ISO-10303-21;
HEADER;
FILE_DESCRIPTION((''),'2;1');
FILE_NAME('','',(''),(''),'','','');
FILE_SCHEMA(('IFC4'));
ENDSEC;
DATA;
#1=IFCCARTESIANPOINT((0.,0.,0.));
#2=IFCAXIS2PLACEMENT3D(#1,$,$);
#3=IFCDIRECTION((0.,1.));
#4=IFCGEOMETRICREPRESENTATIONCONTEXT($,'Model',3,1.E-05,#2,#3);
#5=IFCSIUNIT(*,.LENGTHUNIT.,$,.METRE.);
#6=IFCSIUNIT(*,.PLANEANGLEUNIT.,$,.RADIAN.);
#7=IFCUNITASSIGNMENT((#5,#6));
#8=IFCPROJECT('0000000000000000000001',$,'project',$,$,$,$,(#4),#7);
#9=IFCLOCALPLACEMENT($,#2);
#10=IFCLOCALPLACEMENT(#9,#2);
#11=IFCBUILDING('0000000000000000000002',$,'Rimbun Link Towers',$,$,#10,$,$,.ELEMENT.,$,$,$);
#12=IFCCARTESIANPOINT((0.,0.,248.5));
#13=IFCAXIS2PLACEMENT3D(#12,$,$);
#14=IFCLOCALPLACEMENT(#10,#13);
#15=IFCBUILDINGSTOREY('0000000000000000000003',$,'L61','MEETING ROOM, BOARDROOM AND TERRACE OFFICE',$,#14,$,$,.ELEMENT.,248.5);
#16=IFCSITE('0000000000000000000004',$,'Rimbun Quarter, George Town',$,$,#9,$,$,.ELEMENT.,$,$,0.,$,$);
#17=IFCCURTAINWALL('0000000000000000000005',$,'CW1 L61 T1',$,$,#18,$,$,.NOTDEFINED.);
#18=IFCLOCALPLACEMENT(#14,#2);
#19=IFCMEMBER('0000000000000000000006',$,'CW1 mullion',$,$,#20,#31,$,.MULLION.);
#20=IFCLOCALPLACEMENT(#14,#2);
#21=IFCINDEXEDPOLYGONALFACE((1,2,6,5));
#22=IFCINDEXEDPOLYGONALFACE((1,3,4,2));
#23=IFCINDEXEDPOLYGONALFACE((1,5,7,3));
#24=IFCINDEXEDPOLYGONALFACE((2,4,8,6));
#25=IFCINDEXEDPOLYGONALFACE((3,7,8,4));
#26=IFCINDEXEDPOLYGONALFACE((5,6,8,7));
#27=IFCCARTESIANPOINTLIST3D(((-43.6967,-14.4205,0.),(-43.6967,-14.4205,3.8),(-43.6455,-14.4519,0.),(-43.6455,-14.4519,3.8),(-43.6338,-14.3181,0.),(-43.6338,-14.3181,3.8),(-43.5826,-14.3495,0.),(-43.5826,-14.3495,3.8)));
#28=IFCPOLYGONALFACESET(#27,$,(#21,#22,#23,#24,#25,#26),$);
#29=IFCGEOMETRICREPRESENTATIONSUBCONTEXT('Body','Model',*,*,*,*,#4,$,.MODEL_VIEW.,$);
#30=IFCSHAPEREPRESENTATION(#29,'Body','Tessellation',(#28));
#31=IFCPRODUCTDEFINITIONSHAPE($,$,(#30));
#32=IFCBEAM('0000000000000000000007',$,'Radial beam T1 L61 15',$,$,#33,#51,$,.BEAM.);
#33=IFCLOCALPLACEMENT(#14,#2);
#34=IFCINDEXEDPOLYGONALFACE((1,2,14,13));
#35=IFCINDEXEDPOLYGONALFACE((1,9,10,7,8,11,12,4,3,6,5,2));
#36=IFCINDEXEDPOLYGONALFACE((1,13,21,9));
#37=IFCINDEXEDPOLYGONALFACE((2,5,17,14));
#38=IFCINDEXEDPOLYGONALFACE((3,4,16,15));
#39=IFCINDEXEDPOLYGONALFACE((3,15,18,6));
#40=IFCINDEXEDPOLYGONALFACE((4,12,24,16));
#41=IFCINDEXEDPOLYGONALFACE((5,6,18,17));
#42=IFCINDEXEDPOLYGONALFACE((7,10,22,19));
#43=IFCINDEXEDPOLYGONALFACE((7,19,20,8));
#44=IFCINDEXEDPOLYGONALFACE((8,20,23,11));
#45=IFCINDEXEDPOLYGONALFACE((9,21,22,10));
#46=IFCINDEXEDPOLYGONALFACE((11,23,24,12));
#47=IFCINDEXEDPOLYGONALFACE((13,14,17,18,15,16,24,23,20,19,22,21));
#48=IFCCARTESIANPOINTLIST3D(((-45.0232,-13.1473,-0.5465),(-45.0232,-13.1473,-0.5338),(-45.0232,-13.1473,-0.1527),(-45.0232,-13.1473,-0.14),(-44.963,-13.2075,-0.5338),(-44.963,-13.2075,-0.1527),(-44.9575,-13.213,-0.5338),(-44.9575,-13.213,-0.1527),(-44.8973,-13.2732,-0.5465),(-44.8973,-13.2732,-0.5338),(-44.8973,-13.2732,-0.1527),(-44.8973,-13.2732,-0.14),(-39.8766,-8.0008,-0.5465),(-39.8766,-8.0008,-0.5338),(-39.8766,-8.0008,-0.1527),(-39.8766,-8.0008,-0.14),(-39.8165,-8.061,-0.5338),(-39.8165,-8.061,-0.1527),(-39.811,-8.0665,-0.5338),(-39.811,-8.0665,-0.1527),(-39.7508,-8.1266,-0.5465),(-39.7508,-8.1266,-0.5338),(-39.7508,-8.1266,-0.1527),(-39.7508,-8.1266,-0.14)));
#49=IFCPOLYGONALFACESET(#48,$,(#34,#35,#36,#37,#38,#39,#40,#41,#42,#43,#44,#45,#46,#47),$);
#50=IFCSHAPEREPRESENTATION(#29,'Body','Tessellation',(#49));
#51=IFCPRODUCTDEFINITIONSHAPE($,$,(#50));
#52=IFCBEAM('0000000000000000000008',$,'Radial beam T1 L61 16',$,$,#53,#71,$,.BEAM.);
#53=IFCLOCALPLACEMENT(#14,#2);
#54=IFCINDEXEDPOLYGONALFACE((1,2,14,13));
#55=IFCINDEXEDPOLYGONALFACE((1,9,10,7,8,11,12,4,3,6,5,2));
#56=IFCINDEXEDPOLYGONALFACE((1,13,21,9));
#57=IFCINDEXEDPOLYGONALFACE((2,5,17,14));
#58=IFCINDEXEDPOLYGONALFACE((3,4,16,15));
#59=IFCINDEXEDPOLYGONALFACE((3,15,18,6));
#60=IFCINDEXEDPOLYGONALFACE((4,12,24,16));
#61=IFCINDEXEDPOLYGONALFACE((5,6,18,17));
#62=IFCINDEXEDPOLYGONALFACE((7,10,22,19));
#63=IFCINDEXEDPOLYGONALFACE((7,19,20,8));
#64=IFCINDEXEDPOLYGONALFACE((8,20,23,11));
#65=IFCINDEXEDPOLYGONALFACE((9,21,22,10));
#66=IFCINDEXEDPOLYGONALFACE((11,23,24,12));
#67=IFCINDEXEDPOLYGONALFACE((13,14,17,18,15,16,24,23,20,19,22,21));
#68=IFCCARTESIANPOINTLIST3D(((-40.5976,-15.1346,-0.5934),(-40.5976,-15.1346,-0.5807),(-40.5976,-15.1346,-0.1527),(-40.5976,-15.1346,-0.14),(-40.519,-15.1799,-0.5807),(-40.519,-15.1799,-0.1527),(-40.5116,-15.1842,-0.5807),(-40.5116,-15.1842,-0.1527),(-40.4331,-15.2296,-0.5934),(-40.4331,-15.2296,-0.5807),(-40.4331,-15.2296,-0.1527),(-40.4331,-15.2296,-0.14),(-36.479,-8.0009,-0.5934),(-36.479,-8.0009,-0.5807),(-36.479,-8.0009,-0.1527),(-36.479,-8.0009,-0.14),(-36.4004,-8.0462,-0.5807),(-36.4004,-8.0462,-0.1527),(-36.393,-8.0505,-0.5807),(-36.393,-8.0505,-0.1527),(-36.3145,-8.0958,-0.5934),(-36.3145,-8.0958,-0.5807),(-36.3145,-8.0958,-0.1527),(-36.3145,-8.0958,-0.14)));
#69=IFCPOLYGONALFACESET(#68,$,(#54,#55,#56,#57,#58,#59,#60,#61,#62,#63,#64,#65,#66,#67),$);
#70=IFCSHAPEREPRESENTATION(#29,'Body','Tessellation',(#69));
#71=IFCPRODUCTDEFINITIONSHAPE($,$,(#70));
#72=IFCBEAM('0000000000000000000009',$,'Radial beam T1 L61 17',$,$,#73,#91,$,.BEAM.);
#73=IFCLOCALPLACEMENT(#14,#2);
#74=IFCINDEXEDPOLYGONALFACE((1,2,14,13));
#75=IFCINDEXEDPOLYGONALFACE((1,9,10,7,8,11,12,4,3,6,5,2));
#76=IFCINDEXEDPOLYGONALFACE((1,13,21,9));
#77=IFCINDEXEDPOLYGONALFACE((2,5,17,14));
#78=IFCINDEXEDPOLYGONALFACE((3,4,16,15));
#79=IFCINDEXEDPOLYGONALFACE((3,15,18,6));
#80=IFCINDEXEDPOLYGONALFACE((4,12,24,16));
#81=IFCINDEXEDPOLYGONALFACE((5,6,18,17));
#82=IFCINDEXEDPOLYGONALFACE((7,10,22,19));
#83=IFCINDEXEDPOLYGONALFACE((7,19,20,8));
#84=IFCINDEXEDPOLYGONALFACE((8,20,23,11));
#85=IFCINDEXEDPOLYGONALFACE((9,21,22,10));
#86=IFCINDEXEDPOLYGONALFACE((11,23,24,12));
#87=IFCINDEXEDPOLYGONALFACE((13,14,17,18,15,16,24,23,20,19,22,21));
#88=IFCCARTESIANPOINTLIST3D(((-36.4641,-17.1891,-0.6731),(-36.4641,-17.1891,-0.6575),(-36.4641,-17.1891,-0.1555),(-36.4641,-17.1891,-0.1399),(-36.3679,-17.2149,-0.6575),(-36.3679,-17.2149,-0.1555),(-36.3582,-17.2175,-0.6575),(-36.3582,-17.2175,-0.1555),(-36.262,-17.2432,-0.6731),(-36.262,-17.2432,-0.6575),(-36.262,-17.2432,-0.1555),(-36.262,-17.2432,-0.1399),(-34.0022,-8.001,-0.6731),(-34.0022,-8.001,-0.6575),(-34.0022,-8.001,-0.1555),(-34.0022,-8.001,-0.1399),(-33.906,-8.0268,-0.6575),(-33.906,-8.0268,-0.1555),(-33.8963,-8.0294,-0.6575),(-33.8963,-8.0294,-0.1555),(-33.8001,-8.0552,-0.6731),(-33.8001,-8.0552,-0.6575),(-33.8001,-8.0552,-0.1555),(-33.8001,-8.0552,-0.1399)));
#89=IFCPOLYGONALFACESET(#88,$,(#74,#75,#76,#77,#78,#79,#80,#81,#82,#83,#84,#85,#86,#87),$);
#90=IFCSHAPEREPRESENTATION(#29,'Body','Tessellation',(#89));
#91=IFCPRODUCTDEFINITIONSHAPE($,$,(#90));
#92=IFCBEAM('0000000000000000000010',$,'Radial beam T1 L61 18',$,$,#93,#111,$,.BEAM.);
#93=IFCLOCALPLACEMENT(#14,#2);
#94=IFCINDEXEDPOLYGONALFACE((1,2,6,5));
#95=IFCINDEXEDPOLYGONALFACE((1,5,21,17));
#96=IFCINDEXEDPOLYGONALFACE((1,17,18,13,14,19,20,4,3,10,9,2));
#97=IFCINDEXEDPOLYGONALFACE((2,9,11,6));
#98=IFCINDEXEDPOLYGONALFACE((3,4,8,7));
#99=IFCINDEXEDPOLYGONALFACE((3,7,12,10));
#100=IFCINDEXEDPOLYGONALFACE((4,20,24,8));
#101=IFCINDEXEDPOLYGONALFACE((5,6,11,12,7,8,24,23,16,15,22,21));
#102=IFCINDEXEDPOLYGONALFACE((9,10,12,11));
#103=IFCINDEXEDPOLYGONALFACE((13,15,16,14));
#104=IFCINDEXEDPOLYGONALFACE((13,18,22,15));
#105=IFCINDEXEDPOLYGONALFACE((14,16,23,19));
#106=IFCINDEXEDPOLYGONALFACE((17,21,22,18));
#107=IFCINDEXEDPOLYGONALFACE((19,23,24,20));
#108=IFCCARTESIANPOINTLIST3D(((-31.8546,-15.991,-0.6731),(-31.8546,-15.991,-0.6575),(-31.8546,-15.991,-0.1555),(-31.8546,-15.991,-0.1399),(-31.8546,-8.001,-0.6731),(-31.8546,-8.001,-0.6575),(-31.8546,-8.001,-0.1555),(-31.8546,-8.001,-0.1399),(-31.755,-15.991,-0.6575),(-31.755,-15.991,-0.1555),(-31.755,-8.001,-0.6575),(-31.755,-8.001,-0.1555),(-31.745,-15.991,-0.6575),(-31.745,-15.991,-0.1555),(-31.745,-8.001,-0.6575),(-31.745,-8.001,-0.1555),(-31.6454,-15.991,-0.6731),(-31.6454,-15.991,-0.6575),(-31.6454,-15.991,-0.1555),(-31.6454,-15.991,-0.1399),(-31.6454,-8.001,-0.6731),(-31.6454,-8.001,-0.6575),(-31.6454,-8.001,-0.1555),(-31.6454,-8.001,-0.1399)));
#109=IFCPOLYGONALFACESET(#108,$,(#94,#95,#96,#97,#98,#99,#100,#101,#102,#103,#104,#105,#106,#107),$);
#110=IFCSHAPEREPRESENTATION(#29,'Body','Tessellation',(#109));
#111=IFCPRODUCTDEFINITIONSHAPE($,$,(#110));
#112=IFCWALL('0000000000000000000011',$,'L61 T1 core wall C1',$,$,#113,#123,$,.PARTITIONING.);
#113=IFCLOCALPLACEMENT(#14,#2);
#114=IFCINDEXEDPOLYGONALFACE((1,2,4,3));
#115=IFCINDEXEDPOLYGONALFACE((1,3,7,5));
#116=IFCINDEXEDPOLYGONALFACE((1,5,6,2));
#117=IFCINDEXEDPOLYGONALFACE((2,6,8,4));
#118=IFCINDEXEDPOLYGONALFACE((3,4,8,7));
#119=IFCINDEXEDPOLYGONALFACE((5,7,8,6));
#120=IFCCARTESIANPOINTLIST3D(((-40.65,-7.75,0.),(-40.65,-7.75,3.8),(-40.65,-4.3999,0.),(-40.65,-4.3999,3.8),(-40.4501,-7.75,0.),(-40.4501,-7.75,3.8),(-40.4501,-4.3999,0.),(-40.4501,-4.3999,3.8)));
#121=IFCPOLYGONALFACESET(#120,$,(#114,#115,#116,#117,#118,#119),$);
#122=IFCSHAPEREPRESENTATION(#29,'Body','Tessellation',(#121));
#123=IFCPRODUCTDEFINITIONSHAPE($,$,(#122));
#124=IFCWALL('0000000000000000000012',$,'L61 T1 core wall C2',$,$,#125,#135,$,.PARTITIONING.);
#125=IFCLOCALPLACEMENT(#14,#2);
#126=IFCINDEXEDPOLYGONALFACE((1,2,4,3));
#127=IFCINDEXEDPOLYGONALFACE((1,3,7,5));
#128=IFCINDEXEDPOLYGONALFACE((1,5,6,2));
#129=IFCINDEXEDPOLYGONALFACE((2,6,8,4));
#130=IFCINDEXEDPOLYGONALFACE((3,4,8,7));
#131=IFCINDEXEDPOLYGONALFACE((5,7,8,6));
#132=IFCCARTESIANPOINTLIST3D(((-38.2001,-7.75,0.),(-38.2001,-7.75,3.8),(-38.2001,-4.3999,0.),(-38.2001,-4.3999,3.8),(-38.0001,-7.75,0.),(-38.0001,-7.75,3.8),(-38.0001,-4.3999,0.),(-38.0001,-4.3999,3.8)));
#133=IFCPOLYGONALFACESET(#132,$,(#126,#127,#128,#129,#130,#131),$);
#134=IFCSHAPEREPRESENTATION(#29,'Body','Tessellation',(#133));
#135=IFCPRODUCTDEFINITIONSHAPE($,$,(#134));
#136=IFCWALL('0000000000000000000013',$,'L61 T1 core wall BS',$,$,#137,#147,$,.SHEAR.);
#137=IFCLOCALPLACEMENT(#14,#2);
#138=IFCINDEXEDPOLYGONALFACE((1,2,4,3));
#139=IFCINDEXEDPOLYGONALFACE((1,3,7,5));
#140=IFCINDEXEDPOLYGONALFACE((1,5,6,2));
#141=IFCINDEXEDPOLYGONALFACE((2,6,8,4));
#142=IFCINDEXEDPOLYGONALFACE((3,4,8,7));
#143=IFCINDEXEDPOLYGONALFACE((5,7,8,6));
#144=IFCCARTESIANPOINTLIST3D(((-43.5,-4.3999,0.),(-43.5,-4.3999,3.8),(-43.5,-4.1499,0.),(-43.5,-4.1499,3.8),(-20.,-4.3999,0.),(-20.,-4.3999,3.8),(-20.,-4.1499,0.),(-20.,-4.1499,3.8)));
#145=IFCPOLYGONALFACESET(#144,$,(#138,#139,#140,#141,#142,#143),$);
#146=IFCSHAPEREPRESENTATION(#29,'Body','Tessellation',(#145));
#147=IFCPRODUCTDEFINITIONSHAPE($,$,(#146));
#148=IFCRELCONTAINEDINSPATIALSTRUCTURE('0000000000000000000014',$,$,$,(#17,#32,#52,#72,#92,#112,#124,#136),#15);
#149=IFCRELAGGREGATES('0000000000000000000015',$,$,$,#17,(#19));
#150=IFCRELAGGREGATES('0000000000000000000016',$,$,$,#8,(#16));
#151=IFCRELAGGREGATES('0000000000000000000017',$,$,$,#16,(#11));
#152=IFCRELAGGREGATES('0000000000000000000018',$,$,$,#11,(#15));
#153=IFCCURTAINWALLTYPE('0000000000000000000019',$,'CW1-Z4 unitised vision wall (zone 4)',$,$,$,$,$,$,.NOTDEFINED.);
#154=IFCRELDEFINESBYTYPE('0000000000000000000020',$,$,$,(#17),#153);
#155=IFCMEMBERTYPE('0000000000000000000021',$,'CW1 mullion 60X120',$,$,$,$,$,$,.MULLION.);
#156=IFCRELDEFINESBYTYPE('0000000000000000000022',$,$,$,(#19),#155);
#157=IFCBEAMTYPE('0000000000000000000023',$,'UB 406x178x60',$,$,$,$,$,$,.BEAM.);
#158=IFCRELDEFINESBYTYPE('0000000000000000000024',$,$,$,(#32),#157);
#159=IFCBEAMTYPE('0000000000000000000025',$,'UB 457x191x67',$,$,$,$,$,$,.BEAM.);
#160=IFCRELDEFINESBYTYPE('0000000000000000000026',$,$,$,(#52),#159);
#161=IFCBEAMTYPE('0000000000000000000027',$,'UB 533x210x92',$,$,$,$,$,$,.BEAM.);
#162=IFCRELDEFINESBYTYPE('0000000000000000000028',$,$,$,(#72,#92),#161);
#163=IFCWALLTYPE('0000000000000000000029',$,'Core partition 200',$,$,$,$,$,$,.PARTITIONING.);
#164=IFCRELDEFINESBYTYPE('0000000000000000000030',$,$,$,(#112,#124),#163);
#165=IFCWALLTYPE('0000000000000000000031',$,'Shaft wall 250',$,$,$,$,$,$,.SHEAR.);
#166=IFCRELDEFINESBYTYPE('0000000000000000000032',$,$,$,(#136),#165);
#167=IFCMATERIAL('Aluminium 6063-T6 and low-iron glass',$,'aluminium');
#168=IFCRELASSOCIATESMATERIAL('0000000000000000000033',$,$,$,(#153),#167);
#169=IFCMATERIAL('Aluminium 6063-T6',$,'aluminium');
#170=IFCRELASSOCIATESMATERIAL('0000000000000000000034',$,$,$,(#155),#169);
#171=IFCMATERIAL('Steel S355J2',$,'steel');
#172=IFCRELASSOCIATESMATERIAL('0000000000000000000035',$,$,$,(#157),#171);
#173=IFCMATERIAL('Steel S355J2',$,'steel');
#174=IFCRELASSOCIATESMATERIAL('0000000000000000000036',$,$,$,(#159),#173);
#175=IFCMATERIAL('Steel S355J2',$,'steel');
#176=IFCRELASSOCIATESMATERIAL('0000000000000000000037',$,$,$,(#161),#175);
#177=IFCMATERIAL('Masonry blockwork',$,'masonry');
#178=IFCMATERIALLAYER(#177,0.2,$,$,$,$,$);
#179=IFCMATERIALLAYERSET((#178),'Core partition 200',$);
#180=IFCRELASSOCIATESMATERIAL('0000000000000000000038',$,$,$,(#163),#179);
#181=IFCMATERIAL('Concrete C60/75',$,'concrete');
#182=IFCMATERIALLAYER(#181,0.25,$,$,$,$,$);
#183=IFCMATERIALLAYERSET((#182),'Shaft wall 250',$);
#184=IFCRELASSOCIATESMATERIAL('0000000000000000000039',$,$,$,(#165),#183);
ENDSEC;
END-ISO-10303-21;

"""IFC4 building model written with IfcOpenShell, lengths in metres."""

from ifc_helpers import new_model, si_unit, direction, frame, frame_2d, origin, origin_2d, place, context, subcontext, project, spatial, rectangle, i_section, extrude, material, layer, layer_set, material_profile, profile_set, type_object, element, aggregate, save


model = new_model("IFC4")

# Units and contexts
model_context = context("Model", 3, precision=1e-05, world=origin(), true_north=direction((0.0, 1.0)))
body_context = subcontext(model_context, "Body", "Model", "MODEL_VIEW")
ifc_project = project(units=[si_unit("LENGTHUNIT", "METRE"), si_unit("PLANEANGLEUNIT", "RADIAN")], contexts=[model_context])

# Site, building, storey
site_placement = place(None, origin())
site = spatial("IfcSite", under=ifc_project, at=site_placement, Name="Rimbun Quarter, George Town", CompositionType="ELEMENT", RefElevation=0.0)
building_placement = place(site_placement, origin())
building = spatial("IfcBuilding", under=site, at=building_placement, Name="Rimbun Link Towers", CompositionType="ELEMENT")
storey_placement = place(building_placement, frame((0.0, 0.0, 248.5)))
storey = spatial("IfcBuildingStorey", under=building, at=storey_placement, Name="L61", Description="MEETING ROOM, BOARDROOM AND TERRACE OFFICE", CompositionType="ELEMENT", Elevation=248.5)

# Curtain wall, member
ifc_material_1 = material(Name="Aluminium 6063-T6 and low-iron glass", Category="aluminium")
curtain_wall_type = type_object("IfcCurtainWallType", Name="CW1-Z4 unitised vision wall (zone 4)", PredefinedType="NOTDEFINED", material=ifc_material_1)
curtain_wall_placement = place(storey_placement, origin())
curtain_wall = element("IfcCurtainWall", 1, at=curtain_wall_placement, inside=storey, type_object=curtain_wall_type, Name="CW1 L61 T1", PredefinedType="NOTDEFINED")
ifc_material_2 = material(Name="Aluminium 6063-T6", Category="aluminium")
ifc_material_profile_1 = material_profile(ifc_material_2, rectangle(XDim=0.1201, YDim=0.0601, at=origin_2d()), Name="MULLION 60X120")
ifc_profile_set_1 = profile_set([ifc_material_profile_1], Name="Aluminium 6063-T6")
member_type = type_object("IfcMemberType", Name="CW1 mullion 60X120", PredefinedType="MULLION", material=ifc_profile_set_1)
member_placement = place(storey_placement, frame((-43.6396, -14.385, 0.0), z_axis=(0.0, 0.0, 1.0), x_axis=(-0.523229, -0.852192, 0.0)))
member = element("IfcMember", 2, at=member_placement, type_object=member_type, Name="CW1 mullion", PredefinedType="MULLION", context=body_context, shape_type="SweptSolid", body=[
    extrude(rectangle(XDim=0.1201, YDim=0.0601, at=origin_2d()), origin(), (0.0, 0.0, 1.0), 3.8),
])
aggregate(curtain_wall, [member])

# Beams
ifc_material_3 = material(Name="Steel S355J2", Category="steel")
ifc_material_profile_2 = material_profile(ifc_material_3, i_section(OverallWidth=0.178, OverallDepth=0.4065, WebThickness=0.0078, FlangeThickness=0.0127, at=origin_2d()), Name="UB 406x178x60")
ifc_profile_set_2 = profile_set([ifc_material_profile_2], Name="Steel S355J2")
beam_type_1 = type_object("IfcBeamType", Name="UB 406x178x60", PredefinedType="BEAM", material=ifc_profile_set_2)
beam_1_placement = place(storey_placement, frame((-39.8137, -8.0637, -0.3433), z_axis=(-0.707107, -0.707107, 0.0), x_axis=(0.707107, -0.707107, 0.0)))
element("IfcBeam", 3, at=beam_1_placement, inside=storey, type_object=beam_type_1, Name="Radial beam T1 L61 15", PredefinedType="BEAM", context=body_context, shape_type="SweptSolid", body=[
    extrude(i_section(OverallWidth=0.178, OverallDepth=0.4065, WebThickness=0.0078, FlangeThickness=0.0127, at=origin_2d()), origin(), (0.0, 0.0, 1.0), 7.2783),
])
ifc_material_4 = material(Name="Steel S355J2", Category="steel")
ifc_material_profile_3 = material_profile(ifc_material_4, i_section(OverallWidth=0.1899, OverallDepth=0.4534, WebThickness=0.0085, FlangeThickness=0.0127, at=origin_2d()), Name="UB 457x191x67")
ifc_profile_set_3 = profile_set([ifc_material_profile_3], Name="Steel S355J2")
beam_type_2 = type_object("IfcBeamType", Name="UB 457x191x67", PredefinedType="BEAM", material=ifc_profile_set_3)
beam_2_placement = place(storey_placement, frame((-36.3967, -8.0483, -0.3667), z_axis=(-0.499996, -0.866028, 0.0), x_axis=(0.866028, -0.499996, 0.0)))
element("IfcBeam", 4, at=beam_2_placement, inside=storey, type_object=beam_type_2, Name="Radial beam T1 L61 16", PredefinedType="BEAM", context=body_context, shape_type="SweptSolid", body=[
    extrude(i_section(OverallWidth=0.1899, OverallDepth=0.4534, WebThickness=0.0085, FlangeThickness=0.0127, at=origin_2d()), origin(), (0.0, 0.0, 1.0), 8.2373),
])
ifc_material_5 = material(Name="Steel S355J2", Category="steel")
ifc_material_profile_4 = material_profile(ifc_material_5, i_section(OverallWidth=0.2092, OverallDepth=0.5332, WebThickness=0.01, FlangeThickness=0.0156, at=origin_2d()), Name="UB 533x210x92")
ifc_profile_set_4 = profile_set([ifc_material_profile_4], Name="Steel S355J2")
beam_type_3 = type_object("IfcBeamType", Name="UB 533x210x92", PredefinedType="BEAM", material=ifc_profile_set_4)
beam_3_placement = place(storey_placement, frame((-33.9011, -8.0281, -0.4065), z_axis=(-0.258819, -0.965926, 0.0), x_axis=(0.965926, -0.258819, 0.0)))
element("IfcBeam", 5, at=beam_3_placement, inside=storey, type_object=beam_type_3, Name="Radial beam T1 L61 17", PredefinedType="BEAM", context=body_context, shape_type="SweptSolid", body=[
    extrude(i_section(OverallWidth=0.2092, OverallDepth=0.5332, WebThickness=0.01, FlangeThickness=0.0156, at=origin_2d()), origin(), (0.0, 0.0, 1.0), 9.5122),
])
beam_4_placement = place(storey_placement, frame((-31.75, -8.001, -0.4065), z_axis=(0.0, -1.0, 0.0), x_axis=(1.0, 0.0, 0.0)))
element("IfcBeam", 6, at=beam_4_placement, inside=storey, type_object=beam_type_3, Name="Radial beam T1 L61 18", PredefinedType="BEAM", context=body_context, shape_type="SweptSolid", body=[
    extrude(i_section(OverallWidth=0.2092, OverallDepth=0.5332, WebThickness=0.01, FlangeThickness=0.0156, at=origin_2d()), origin(), (0.0, 0.0, 1.0), 7.99),
])

# Walls
ifc_material_6 = material(Name="Masonry blockwork", Category="masonry")
ifc_layer_1 = layer(ifc_material_6, 0.2)
ifc_layer_set_1 = layer_set([ifc_layer_1], Name="Core partition 200")
wall_type_1 = type_object("IfcWallType", Name="Core partition 200", PredefinedType="PARTITIONING", material=ifc_layer_set_1)
for number, where, z_axis, x_axis, name in (
    (7, (-40.55, -4.3999, 0.0), (0.0, 0.0, 1.0), (0.0, -1.0, 0.0), "L61 T1 core wall C1"),
    (8, (-38.1001, -4.3999, 0.0), (0.0, 0.0, 1.0), (0.0, -1.0, 0.0), "L61 T1 core wall C2"),
):
    element("IfcWall", number, at=place(storey_placement, frame(where, z_axis=z_axis, x_axis=x_axis)), inside=storey, type_object=wall_type_1, Name=name, PredefinedType="PARTITIONING", context=body_context, shape_type="SweptSolid", body=[
        extrude(rectangle(XDim=3.3501, YDim=0.2, at=frame_2d((1.675, 0.0))), origin(), (0.0, 0.0, 1.0), 3.8),
    ])
ifc_material_7 = material(Name="Concrete C60/75", Category="concrete")
ifc_layer_2 = layer(ifc_material_7, 0.25)
ifc_layer_set_2 = layer_set([ifc_layer_2], Name="Shaft wall 250")
wall_type_2 = type_object("IfcWallType", Name="Shaft wall 250", PredefinedType="SHEAR", material=ifc_layer_set_2)
wall_1_placement = place(storey_placement, frame((-43.5, -4.2749, 0.0), z_axis=(0.0, 0.0, 1.0), x_axis=(1.0, 0.0, 0.0)))
element("IfcWall", 9, at=wall_1_placement, inside=storey, type_object=wall_type_2, Name="L61 T1 core wall BS", PredefinedType="SHEAR", context=body_context, shape_type="SweptSolid", body=[
    extrude(rectangle(XDim=23.5, YDim=0.25, at=frame_2d((11.75, 0.0))), origin(), (0.0, 0.0, 1.0), 3.8),
])

save(model, "model.ifc")
